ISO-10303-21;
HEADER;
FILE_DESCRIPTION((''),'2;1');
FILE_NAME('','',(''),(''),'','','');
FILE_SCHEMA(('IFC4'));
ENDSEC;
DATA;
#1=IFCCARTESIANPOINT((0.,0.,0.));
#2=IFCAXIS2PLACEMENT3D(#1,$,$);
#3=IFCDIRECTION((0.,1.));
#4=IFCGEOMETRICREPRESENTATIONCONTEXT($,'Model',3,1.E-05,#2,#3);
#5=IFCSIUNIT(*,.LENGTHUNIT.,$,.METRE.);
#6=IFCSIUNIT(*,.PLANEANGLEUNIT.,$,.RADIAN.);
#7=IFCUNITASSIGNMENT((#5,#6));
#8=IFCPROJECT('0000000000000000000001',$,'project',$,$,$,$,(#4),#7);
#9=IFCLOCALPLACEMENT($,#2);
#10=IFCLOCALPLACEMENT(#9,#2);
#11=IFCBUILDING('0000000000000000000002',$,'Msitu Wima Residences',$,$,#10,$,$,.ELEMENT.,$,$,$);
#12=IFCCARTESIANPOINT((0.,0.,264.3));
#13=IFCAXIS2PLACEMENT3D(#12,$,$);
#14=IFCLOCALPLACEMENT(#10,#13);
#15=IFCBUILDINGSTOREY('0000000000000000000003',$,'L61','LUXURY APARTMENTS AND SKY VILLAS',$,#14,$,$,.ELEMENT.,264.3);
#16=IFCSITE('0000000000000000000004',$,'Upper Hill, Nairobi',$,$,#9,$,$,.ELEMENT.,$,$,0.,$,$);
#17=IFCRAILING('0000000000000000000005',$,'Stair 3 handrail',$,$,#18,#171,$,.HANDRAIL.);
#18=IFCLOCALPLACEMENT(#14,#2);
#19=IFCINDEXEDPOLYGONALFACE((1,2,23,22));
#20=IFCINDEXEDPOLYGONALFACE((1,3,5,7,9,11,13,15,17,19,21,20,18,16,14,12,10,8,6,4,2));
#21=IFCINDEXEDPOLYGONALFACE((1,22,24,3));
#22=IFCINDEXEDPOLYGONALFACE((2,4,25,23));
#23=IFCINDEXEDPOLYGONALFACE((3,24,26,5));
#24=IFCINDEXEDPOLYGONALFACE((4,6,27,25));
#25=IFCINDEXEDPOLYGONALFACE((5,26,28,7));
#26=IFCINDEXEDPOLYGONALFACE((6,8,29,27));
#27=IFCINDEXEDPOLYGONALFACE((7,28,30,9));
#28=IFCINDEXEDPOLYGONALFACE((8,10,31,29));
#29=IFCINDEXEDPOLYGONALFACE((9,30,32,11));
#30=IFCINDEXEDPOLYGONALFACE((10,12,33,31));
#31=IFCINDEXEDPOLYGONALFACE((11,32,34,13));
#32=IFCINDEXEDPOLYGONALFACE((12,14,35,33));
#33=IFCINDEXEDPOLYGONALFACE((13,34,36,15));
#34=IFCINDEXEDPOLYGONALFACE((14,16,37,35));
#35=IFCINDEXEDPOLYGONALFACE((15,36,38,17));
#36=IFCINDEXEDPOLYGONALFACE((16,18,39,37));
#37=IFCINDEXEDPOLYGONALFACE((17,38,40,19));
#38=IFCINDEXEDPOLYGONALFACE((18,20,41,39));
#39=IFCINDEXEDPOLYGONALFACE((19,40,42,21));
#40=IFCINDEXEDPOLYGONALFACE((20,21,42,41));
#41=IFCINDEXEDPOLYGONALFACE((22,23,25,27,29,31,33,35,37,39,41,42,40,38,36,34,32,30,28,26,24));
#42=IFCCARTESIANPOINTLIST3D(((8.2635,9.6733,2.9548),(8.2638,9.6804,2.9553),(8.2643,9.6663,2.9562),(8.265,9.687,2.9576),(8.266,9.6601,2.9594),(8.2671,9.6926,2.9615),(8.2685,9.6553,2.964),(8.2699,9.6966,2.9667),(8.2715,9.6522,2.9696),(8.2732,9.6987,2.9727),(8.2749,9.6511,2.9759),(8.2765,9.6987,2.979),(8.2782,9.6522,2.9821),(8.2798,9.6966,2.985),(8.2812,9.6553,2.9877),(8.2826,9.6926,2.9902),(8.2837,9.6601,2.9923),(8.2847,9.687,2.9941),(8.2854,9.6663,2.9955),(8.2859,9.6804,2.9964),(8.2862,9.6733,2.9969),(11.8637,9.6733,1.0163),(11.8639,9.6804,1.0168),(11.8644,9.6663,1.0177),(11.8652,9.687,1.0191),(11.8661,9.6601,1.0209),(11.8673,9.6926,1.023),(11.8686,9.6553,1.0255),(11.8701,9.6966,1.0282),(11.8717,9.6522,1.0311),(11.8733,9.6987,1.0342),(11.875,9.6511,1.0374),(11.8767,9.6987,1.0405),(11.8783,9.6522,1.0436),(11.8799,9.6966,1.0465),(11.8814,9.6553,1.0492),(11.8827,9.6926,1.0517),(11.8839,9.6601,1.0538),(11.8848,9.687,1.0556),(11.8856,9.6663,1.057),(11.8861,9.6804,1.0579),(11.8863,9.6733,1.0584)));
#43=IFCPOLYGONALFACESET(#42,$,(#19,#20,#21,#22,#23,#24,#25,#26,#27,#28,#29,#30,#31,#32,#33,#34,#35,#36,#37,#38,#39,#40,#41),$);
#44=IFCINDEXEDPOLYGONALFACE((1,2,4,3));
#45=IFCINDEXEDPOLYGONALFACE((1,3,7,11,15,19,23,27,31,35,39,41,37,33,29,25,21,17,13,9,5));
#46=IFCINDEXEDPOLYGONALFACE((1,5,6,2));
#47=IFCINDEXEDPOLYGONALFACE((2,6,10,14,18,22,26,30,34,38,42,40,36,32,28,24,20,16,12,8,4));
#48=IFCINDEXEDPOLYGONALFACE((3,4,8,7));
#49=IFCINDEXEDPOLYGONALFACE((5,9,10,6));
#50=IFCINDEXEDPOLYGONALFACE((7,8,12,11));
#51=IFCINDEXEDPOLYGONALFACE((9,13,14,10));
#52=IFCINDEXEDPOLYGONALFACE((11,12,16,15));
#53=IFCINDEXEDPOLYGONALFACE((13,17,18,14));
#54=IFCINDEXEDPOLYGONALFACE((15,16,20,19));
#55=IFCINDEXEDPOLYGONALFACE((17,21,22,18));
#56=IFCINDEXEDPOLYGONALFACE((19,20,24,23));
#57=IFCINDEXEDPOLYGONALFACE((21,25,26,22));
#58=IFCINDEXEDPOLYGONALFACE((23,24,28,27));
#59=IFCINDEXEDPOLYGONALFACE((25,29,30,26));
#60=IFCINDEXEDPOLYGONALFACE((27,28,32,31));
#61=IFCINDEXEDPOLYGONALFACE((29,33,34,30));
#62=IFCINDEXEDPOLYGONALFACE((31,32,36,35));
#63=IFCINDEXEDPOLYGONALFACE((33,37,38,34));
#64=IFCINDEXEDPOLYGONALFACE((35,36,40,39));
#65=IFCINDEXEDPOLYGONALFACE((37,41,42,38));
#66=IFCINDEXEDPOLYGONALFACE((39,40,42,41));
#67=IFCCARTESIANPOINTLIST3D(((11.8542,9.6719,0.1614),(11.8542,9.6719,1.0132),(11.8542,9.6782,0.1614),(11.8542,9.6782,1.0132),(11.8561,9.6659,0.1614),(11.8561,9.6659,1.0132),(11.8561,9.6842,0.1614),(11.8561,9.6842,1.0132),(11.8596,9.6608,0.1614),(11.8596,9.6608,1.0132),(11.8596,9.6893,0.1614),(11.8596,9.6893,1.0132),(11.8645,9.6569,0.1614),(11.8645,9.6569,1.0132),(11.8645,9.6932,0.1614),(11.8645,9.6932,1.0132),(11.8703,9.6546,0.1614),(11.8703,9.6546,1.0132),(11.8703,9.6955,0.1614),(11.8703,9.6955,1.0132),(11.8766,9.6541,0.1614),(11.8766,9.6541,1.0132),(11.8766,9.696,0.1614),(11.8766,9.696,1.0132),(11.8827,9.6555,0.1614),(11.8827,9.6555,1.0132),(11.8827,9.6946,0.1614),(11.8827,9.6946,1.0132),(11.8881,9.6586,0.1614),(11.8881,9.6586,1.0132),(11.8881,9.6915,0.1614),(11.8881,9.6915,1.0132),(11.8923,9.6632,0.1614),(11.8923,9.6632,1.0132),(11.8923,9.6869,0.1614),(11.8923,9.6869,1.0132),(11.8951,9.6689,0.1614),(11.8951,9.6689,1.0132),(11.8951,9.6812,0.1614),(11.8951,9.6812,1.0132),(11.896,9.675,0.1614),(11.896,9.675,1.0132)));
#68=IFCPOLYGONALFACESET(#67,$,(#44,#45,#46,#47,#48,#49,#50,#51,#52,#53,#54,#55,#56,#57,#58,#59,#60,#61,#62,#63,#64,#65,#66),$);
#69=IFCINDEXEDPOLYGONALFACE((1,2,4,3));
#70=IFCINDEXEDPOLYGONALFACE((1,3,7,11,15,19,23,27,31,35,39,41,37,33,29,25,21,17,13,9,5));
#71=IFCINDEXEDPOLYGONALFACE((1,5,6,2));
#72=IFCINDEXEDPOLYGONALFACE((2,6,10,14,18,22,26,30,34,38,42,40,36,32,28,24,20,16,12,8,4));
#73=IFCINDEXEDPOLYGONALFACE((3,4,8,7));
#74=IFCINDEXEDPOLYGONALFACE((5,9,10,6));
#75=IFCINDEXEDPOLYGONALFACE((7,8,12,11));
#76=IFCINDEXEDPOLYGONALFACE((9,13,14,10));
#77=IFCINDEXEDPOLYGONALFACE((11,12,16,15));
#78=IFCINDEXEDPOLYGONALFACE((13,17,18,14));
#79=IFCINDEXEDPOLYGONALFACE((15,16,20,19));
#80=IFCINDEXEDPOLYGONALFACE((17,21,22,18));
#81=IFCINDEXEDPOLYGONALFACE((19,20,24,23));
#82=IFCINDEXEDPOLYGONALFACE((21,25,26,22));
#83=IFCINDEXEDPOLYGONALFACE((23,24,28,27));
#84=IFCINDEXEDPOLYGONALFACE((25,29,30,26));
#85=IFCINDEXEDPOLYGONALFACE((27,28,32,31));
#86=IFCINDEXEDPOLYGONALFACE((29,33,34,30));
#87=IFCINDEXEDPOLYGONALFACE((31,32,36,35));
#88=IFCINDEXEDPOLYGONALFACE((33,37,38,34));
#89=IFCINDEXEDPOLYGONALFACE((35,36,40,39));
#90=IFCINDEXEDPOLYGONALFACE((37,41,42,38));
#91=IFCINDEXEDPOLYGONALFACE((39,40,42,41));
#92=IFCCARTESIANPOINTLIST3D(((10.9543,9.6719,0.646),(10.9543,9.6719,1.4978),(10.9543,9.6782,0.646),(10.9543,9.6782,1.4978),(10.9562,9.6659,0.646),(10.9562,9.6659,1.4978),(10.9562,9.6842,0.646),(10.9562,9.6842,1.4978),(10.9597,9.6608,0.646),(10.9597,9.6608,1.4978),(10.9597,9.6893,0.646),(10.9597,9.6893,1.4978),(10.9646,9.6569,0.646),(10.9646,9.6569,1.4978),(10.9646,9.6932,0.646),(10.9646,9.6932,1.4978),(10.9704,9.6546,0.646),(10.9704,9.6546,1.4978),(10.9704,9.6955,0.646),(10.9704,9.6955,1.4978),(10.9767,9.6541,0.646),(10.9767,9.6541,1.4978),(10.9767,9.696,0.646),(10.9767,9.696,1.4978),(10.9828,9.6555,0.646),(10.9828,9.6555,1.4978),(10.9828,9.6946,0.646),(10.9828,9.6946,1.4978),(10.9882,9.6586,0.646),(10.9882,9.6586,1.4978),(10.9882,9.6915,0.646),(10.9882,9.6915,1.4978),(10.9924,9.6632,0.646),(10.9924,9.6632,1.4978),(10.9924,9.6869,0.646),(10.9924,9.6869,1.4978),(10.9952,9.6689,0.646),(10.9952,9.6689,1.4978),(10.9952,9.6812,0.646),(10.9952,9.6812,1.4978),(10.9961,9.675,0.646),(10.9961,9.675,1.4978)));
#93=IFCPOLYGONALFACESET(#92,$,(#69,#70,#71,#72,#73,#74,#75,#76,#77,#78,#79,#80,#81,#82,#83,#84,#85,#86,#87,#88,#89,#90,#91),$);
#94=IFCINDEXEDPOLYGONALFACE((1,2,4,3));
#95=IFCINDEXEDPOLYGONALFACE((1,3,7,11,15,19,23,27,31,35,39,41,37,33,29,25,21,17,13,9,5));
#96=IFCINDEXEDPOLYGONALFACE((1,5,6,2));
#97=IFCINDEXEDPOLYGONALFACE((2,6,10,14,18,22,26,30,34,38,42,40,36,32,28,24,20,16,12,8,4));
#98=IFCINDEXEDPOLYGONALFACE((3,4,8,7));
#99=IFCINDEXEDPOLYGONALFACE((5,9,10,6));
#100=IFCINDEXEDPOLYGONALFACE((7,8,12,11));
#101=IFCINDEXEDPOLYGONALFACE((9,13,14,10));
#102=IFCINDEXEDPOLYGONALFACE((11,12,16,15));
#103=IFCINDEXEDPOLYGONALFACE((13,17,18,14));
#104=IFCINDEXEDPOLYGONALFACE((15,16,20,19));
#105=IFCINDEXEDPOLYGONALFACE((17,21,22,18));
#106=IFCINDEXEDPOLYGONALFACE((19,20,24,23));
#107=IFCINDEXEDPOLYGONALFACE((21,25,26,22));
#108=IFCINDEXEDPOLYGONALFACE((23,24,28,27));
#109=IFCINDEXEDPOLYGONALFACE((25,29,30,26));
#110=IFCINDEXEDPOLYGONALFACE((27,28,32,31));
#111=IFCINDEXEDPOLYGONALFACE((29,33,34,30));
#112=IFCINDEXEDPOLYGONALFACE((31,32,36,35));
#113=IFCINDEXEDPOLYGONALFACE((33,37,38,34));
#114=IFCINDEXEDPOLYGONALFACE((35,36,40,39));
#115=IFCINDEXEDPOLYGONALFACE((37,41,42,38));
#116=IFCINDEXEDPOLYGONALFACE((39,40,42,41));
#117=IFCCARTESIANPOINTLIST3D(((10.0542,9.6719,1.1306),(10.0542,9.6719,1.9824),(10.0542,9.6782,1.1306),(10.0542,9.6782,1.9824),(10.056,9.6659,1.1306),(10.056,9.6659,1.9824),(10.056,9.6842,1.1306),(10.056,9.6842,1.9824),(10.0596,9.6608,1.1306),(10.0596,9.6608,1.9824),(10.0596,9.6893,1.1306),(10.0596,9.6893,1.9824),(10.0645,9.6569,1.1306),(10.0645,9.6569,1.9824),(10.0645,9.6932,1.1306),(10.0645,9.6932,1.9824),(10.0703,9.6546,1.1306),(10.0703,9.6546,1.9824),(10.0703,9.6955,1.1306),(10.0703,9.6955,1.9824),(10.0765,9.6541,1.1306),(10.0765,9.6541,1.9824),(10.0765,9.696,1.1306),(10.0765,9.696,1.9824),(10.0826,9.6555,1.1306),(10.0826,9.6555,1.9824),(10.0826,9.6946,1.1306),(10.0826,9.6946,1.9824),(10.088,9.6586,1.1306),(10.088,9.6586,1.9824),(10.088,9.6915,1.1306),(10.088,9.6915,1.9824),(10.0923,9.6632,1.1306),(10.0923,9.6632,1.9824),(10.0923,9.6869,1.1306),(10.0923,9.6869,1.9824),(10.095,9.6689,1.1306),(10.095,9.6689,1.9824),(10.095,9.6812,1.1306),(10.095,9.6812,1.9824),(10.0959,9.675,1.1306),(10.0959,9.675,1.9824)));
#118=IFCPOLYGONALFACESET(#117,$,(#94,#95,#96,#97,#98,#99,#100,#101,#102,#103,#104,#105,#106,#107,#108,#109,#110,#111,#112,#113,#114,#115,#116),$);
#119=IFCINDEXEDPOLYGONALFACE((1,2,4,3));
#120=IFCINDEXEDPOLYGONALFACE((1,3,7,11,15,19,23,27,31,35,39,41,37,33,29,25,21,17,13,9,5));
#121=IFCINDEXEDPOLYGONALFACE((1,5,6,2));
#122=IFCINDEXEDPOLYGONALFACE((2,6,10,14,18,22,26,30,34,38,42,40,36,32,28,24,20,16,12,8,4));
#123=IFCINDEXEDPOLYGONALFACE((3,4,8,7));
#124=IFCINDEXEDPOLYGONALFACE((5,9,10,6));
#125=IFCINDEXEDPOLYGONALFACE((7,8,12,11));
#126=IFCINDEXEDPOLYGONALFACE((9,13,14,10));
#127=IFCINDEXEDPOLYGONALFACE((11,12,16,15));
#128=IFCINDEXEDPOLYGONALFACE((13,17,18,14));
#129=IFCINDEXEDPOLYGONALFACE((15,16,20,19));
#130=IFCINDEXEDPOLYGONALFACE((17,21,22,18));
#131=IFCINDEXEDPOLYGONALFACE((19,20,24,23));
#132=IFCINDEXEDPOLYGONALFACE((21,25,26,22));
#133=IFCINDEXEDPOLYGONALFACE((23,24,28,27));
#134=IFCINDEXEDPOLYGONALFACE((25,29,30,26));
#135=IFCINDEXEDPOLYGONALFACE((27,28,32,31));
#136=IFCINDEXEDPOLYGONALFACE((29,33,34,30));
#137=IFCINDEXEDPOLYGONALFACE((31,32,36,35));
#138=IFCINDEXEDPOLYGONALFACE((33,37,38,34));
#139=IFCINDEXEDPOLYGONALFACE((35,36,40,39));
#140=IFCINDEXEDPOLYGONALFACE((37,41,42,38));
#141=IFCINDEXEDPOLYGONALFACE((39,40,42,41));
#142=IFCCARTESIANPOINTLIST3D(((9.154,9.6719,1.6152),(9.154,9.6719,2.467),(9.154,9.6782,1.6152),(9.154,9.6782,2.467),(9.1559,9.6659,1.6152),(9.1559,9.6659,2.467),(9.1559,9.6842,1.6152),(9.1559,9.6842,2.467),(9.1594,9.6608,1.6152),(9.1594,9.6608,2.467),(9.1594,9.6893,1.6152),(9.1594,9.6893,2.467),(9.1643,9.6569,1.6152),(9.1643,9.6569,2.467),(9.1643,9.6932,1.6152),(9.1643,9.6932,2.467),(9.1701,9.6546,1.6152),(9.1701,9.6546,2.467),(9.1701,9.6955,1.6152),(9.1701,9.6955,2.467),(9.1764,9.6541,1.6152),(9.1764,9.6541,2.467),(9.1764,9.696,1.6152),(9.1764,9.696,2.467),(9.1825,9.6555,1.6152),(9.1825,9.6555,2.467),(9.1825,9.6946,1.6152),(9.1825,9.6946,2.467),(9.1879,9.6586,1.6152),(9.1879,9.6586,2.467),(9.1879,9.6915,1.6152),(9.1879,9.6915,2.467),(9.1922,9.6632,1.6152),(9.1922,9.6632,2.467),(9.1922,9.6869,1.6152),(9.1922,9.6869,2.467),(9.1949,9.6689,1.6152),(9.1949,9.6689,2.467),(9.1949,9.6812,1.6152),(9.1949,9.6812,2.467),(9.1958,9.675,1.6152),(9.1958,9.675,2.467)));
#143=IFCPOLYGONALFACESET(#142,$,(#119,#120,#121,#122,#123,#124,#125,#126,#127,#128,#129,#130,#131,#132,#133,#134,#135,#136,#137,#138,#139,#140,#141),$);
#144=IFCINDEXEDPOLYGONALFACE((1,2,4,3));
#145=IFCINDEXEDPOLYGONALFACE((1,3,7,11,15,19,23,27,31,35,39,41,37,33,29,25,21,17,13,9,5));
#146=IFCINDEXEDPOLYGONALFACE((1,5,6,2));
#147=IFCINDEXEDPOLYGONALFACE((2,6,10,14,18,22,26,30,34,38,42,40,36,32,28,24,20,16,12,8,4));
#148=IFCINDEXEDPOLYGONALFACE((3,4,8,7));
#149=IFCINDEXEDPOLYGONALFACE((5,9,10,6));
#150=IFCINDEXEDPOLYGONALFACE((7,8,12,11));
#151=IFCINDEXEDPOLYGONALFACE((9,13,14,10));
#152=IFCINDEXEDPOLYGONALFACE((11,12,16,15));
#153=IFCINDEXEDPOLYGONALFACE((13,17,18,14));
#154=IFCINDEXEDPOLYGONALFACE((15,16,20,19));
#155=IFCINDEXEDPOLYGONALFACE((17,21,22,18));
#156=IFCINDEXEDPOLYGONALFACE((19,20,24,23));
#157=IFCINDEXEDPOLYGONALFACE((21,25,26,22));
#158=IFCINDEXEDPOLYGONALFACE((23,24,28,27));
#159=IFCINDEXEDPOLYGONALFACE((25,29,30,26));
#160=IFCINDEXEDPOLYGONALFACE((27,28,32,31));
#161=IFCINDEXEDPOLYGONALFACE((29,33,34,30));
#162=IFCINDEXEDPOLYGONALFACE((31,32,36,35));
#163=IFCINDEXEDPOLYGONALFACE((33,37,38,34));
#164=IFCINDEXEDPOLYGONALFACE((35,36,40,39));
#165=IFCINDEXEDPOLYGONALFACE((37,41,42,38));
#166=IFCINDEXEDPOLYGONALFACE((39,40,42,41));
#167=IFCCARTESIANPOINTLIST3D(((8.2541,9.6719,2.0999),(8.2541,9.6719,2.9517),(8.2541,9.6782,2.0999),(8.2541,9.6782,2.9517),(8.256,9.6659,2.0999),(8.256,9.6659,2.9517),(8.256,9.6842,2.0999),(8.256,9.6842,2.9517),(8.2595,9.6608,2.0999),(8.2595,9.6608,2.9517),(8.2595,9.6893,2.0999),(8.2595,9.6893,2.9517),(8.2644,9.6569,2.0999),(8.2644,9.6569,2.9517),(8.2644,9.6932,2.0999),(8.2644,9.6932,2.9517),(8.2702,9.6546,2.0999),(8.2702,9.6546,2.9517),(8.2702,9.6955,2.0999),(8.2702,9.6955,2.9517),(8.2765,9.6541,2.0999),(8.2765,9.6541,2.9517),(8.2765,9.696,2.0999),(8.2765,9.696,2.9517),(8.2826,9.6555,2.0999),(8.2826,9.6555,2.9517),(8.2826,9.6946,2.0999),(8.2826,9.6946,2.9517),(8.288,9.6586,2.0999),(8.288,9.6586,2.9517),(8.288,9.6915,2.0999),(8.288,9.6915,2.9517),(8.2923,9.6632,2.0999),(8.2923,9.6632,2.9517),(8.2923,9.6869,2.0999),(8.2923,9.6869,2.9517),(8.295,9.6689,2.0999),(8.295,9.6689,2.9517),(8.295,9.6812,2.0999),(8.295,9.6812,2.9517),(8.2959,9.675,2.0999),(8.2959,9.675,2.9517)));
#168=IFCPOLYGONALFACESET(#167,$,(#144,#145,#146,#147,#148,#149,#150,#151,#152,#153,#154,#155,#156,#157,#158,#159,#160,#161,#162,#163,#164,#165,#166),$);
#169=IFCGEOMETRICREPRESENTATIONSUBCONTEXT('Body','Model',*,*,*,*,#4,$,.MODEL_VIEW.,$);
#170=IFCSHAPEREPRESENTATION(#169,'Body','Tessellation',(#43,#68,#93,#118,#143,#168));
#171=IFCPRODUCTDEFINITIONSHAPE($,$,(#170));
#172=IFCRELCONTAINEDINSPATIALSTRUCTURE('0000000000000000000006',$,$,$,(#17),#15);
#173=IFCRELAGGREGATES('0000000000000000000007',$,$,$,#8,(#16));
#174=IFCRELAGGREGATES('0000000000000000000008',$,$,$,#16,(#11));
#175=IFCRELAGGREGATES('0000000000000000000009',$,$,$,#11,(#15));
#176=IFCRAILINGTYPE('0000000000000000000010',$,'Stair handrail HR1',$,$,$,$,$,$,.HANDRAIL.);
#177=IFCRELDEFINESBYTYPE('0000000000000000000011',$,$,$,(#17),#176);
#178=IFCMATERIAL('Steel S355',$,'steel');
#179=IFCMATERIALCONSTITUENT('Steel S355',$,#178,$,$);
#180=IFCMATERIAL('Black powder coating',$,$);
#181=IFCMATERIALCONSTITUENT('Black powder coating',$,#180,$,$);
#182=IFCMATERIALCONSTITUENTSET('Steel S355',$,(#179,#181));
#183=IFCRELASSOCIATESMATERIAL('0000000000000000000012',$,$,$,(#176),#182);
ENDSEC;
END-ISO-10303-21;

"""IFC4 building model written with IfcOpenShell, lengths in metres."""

from ifc_helpers import new_model, si_unit, direction, frame, origin, origin_2d, place, context, subcontext, project, spatial, circle, extrude, material, constituent, constituent_set, type_object, element, save


model = new_model("IFC4")

# Units and contexts
model_context = context("Model", 3, precision=1e-05, world=origin(), true_north=direction((0.0, 1.0)))
body_context = subcontext(model_context, "Body", "Model", "MODEL_VIEW")
ifc_project = project(units=[si_unit("LENGTHUNIT", "METRE"), si_unit("PLANEANGLEUNIT", "RADIAN")], contexts=[model_context])

# Site, building, storey
site_placement = place(None, origin())
site = spatial("IfcSite", under=ifc_project, at=site_placement, Name="Upper Hill, Nairobi", CompositionType="ELEMENT", RefElevation=0.0)
building_placement = place(site_placement, origin())
building = spatial("IfcBuilding", under=site, at=building_placement, Name="Msitu Wima Residences", CompositionType="ELEMENT")
storey_placement = place(building_placement, frame((0.0, 0.0, 264.3)))
storey = spatial("IfcBuildingStorey", under=building, at=storey_placement, Name="L61", Description="LUXURY APARTMENTS AND SKY VILLAS", CompositionType="ELEMENT", Elevation=264.3)

# Railing
ifc_material_1 = material(Name="Steel S355", Category="steel")
ifc_constituent_1 = constituent(ifc_material_1, Name="Steel S355")
ifc_material_2 = material(Name="Black powder coating")
ifc_constituent_2 = constituent(ifc_material_2, Name="Black powder coating")
ifc_constituent_set = constituent_set(constituents=[ifc_constituent_1, ifc_constituent_2], Name="Steel S355")
railing_type = type_object("IfcRailingType", Name="Stair handrail HR1", PredefinedType="HANDRAIL", material=ifc_constituent_set)
for number, where, name in (
    (1, (11.875, 9.675, 0.1614), "Stair 3 handrail"),
):
    element("IfcRailing", number, at=place(storey_placement, frame(where)), inside=storey, type_object=railing_type, Name=name, PredefinedType="HANDRAIL", context=body_context, shape_type="SweptSolid", body=[
        extrude(circle(Radius=0.0239, at=origin_2d()), frame((0.0, 0.0, 0.876), z_axis=(-0.880475, 0.0, 0.474093), x_axis=(0.0, -1.0, 0.0)), (0.0, 0.0, 1.0), 4.0889),
        extrude(circle(Radius=0.021, at=origin_2d()), origin(), (0.0, 0.0, 1.0), 0.8518),
        extrude(circle(Radius=0.021, at=origin_2d()), frame((-0.8999, 0.0, 0.4846)), (0.0, 0.0, 1.0), 0.8518),
        extrude(circle(Radius=0.021, at=origin_2d()), frame((-1.8, 0.0, 0.9692)), (0.0, 0.0, 1.0), 0.8518),
        extrude(circle(Radius=0.021, at=origin_2d()), frame((-2.7002, 0.0, 1.4539)), (0.0, 0.0, 1.0), 0.8518),
        extrude(circle(Radius=0.021, at=origin_2d()), frame((-3.6001, 0.0, 1.9385)), (0.0, 0.0, 1.0), 0.8518),
    ])

save(model, "model.ifc")
